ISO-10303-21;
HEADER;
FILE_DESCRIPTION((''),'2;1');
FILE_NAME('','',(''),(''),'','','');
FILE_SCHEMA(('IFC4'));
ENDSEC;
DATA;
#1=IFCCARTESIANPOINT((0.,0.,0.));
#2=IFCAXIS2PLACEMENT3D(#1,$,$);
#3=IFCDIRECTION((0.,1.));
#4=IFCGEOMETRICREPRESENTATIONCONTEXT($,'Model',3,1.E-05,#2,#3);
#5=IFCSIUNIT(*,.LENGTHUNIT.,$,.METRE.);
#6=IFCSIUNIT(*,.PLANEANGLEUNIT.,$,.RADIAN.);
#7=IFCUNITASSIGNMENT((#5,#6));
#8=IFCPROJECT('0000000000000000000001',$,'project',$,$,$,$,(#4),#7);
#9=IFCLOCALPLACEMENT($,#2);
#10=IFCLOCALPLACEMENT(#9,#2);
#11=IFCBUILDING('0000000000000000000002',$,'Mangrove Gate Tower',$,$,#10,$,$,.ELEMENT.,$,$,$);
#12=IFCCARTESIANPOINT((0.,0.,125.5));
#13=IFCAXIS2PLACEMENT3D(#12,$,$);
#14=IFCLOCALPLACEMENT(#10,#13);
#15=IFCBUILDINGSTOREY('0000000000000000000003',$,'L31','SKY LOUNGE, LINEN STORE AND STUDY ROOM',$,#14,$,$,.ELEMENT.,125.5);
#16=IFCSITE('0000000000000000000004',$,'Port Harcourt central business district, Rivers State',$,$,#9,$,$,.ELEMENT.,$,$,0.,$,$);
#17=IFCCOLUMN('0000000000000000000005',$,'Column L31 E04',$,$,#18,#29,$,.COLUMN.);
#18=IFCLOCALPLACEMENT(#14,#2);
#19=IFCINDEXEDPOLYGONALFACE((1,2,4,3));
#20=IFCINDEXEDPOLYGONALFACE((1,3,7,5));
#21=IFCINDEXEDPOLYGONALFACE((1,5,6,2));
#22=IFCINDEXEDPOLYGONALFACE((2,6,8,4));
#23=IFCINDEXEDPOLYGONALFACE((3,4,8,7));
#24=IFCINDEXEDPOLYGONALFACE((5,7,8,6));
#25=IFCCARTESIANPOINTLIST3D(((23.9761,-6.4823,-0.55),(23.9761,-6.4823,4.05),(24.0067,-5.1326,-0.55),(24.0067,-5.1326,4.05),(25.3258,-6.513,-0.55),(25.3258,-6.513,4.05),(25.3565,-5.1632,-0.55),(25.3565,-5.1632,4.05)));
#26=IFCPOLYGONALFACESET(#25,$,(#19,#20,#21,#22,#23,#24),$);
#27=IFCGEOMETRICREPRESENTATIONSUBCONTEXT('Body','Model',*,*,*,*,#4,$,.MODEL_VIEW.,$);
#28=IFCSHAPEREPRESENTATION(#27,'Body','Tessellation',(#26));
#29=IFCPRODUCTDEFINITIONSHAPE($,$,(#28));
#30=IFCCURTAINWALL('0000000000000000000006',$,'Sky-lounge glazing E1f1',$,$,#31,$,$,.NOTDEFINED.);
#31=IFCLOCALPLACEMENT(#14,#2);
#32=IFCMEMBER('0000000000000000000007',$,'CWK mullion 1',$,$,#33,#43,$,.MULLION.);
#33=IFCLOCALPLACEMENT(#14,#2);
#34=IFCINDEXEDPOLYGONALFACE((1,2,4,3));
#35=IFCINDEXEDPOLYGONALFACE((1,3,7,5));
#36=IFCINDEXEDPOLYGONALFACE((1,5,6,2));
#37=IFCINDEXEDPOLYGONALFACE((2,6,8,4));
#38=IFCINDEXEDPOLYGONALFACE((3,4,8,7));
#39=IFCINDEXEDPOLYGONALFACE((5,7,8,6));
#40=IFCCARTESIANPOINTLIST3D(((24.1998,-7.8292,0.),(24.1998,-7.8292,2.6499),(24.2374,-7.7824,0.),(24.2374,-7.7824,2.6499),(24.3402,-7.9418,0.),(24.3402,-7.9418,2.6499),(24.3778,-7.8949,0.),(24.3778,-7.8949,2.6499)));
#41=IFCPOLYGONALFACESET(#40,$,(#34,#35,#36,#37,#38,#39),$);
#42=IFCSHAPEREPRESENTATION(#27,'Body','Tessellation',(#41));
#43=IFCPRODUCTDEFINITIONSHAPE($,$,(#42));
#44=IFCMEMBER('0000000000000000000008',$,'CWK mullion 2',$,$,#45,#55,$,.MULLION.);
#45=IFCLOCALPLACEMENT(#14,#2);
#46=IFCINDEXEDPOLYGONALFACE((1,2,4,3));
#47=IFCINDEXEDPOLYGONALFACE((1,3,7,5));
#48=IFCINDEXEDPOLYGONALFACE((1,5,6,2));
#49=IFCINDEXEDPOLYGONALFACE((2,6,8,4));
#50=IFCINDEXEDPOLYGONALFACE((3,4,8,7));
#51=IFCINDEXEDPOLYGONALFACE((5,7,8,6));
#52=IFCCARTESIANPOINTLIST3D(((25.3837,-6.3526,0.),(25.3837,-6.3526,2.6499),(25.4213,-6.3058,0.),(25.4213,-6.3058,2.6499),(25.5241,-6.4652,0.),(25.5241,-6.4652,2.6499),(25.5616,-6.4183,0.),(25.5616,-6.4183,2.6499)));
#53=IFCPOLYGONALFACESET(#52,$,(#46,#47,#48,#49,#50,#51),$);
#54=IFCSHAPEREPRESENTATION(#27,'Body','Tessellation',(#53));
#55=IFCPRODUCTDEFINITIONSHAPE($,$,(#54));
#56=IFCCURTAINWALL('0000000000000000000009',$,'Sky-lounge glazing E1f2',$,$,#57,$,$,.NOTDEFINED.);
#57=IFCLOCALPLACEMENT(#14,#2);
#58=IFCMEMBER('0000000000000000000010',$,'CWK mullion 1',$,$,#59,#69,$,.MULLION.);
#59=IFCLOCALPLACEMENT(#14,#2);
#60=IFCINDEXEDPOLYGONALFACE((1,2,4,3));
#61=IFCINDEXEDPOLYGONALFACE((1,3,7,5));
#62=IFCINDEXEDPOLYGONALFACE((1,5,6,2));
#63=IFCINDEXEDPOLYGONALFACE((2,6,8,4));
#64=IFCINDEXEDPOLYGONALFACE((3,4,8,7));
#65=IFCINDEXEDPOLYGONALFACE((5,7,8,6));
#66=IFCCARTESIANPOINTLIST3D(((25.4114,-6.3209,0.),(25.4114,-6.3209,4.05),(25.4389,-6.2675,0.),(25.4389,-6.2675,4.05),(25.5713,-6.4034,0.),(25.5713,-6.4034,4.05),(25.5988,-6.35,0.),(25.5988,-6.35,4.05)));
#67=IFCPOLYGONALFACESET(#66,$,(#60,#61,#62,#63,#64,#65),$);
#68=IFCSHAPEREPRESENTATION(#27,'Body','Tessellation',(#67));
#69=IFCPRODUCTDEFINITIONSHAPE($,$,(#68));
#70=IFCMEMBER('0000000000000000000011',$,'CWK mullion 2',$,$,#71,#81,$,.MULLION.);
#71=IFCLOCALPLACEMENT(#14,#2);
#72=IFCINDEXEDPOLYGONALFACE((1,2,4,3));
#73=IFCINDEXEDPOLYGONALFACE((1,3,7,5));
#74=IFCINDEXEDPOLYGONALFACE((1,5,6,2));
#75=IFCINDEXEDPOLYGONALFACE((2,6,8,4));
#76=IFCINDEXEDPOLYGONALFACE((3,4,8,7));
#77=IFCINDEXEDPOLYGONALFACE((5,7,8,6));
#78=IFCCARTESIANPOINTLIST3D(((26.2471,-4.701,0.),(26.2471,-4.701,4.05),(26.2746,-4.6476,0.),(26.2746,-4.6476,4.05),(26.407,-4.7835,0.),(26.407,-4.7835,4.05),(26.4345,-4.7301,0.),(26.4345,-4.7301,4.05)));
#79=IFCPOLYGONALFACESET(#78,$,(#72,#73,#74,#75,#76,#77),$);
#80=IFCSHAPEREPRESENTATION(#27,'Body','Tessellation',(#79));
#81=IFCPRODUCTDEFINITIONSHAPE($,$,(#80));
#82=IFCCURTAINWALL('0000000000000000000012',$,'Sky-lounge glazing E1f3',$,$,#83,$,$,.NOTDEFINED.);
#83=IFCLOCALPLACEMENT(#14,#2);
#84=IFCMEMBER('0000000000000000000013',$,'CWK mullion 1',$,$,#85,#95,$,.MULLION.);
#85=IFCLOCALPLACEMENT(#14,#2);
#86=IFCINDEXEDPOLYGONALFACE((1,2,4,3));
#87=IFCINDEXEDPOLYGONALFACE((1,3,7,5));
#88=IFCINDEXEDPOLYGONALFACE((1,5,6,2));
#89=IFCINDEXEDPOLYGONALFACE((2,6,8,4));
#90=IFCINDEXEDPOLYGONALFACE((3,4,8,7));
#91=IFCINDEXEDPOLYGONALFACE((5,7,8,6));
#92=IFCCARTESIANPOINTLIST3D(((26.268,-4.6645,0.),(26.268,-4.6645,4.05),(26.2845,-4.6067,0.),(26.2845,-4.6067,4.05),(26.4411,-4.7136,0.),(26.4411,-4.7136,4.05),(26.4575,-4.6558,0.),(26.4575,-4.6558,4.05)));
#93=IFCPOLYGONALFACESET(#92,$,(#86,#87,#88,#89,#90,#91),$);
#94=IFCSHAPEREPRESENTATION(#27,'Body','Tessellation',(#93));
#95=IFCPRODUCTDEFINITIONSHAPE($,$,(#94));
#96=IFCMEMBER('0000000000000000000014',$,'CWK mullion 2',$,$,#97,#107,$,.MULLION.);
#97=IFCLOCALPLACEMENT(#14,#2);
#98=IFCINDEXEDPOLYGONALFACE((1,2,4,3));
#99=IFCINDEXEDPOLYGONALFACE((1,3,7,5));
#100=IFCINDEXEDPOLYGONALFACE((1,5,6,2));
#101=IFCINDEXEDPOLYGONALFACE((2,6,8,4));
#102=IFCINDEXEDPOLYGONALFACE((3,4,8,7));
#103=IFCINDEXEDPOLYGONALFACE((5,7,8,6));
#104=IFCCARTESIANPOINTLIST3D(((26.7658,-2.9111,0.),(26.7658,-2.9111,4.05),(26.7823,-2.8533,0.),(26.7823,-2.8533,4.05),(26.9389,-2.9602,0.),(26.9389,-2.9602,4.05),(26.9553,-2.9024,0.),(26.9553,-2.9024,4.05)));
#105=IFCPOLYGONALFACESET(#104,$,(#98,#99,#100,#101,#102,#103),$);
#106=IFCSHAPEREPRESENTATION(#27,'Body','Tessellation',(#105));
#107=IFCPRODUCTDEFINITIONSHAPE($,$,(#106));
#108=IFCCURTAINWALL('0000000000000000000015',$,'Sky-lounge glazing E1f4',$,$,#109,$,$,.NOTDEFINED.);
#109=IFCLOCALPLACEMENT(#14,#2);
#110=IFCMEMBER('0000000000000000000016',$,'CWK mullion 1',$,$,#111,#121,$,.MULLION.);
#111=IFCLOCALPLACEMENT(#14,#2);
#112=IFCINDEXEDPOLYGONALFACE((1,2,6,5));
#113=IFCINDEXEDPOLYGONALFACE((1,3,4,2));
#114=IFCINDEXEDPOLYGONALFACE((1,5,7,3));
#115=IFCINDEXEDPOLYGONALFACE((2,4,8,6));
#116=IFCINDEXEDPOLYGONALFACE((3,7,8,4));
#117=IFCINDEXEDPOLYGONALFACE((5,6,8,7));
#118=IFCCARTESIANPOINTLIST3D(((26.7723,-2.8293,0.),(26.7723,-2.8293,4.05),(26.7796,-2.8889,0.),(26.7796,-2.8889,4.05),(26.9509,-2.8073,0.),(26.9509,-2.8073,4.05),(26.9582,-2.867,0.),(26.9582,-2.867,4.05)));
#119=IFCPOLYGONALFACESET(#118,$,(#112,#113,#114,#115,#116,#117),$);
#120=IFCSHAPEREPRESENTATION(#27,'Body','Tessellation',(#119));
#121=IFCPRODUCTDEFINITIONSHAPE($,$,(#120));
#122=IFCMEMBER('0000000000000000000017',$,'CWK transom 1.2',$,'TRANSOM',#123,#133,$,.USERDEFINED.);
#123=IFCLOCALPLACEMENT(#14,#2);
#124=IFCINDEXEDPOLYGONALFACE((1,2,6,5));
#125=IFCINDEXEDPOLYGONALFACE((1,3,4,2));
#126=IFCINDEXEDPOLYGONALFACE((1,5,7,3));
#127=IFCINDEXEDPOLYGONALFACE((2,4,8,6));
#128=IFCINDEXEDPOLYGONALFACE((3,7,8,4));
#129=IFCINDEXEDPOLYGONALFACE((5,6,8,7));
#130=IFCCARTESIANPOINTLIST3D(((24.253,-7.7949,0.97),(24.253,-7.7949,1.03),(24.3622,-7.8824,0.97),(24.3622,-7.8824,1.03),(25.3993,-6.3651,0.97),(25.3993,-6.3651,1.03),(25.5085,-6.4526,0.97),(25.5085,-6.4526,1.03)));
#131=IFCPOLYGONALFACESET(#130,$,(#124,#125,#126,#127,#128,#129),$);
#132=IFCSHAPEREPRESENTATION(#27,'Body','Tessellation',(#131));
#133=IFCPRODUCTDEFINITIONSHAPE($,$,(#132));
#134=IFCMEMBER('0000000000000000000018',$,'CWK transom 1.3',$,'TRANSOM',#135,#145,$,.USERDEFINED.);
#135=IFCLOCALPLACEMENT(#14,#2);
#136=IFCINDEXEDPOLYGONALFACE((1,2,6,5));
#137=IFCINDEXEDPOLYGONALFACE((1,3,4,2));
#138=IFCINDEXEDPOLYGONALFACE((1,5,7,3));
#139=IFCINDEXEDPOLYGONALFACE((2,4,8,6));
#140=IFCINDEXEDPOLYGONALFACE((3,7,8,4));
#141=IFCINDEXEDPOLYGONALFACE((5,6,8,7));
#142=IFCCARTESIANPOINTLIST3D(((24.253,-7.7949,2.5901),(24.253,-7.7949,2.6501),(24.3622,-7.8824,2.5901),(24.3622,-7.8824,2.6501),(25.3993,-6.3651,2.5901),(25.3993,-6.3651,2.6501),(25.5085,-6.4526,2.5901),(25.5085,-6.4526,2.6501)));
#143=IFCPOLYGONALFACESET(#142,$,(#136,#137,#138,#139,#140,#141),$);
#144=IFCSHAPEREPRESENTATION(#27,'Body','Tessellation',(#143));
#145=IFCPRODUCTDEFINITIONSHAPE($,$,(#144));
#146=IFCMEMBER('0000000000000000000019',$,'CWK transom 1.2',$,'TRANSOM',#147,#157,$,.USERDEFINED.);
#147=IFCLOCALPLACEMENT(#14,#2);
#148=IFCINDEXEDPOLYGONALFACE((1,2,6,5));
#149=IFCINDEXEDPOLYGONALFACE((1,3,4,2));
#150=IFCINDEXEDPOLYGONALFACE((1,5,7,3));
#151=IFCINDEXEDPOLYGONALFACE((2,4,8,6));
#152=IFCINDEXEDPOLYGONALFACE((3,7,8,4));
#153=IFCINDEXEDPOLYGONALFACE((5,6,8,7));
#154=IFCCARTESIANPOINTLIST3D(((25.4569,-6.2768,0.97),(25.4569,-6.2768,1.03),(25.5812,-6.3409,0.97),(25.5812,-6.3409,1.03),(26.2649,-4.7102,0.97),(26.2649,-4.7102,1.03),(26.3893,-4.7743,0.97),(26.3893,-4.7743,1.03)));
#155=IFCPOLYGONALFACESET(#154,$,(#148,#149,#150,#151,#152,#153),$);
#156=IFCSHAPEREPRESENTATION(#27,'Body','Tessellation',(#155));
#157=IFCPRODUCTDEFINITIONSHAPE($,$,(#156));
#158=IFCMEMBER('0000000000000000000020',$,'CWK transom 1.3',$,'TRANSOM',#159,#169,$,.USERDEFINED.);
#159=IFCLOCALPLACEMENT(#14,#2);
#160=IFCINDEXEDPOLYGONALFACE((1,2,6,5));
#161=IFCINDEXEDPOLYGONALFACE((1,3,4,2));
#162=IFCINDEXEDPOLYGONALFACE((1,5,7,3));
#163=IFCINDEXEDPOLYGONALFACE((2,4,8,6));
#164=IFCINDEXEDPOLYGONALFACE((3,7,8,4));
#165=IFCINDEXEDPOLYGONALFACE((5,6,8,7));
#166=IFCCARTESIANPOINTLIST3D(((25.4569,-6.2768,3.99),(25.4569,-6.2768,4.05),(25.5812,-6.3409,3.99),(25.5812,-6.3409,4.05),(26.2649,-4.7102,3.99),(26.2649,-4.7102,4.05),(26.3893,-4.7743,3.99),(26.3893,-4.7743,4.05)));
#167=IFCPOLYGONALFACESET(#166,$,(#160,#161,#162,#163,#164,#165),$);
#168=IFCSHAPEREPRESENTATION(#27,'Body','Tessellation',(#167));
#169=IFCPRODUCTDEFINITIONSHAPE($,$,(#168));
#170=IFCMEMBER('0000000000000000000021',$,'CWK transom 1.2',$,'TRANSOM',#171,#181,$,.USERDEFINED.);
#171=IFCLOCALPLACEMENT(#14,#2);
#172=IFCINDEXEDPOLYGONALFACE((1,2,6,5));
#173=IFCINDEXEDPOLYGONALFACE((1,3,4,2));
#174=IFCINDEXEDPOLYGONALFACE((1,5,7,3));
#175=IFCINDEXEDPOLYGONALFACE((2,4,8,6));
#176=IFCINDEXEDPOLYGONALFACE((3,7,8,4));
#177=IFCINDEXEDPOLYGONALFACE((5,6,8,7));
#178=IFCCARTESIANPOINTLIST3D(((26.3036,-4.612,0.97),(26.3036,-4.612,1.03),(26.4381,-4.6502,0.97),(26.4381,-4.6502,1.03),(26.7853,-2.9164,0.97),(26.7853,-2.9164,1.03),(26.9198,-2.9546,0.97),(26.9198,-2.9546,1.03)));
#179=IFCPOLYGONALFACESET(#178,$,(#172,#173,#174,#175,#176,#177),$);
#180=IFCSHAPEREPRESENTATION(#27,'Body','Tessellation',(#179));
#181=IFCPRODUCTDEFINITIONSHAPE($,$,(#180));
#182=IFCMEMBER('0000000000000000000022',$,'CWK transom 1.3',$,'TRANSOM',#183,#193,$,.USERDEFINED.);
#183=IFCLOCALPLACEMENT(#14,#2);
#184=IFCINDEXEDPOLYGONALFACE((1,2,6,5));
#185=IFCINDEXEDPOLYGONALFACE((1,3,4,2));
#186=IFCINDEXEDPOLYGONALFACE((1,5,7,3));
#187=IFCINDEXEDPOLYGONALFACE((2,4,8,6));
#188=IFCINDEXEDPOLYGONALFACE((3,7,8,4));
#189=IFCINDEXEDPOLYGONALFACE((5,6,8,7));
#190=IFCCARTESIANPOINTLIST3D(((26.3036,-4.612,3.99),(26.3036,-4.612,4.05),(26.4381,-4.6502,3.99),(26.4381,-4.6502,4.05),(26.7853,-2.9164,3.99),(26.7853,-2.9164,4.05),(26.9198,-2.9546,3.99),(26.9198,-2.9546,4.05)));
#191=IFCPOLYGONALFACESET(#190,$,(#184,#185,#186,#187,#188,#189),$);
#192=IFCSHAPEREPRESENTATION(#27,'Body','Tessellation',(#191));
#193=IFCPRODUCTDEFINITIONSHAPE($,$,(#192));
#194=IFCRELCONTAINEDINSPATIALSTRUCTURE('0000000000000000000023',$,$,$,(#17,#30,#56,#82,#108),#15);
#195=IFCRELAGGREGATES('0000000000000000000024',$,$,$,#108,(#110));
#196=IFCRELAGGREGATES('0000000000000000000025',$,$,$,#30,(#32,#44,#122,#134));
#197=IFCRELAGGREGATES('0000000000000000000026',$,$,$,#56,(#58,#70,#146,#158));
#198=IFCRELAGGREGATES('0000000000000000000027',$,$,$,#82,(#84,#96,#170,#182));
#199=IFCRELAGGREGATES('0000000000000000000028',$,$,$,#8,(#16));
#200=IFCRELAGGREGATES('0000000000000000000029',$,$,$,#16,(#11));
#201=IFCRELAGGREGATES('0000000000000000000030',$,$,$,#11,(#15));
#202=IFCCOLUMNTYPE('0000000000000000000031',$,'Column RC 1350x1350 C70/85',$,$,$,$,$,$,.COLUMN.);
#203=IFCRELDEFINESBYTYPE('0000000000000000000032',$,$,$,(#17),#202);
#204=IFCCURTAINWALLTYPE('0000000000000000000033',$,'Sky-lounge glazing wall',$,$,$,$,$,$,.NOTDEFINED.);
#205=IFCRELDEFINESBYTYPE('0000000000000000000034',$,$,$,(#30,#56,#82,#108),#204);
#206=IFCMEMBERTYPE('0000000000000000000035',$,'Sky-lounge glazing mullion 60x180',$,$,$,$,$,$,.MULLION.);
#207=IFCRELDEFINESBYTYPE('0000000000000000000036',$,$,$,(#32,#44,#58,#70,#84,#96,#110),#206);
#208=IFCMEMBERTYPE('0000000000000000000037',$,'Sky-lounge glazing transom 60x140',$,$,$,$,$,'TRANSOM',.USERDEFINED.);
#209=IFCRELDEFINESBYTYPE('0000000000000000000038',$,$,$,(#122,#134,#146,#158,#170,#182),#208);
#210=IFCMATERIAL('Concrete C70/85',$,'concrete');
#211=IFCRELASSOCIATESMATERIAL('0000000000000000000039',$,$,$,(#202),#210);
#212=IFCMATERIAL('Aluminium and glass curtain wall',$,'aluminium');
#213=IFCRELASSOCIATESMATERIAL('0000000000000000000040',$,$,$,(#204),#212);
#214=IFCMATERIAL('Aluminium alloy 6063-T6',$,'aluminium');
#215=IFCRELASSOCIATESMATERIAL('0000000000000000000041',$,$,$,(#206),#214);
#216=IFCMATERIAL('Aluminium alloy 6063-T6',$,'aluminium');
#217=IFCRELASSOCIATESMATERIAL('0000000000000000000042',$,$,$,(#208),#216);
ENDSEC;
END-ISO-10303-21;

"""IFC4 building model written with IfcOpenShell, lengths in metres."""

from ifc_helpers import new_model, si_unit, direction, frame, origin, origin_2d, place, context, subcontext, project, spatial, rectangle, extrude, material, material_profile, profile_set, type_object, element, aggregate, save


model = new_model("IFC4")

# Units and contexts
model_context = context("Model", 3, precision=1e-05, world=origin(), true_north=direction((0.0, 1.0)))
body_context = subcontext(model_context, "Body", "Model", "MODEL_VIEW")
ifc_project = project(units=[si_unit("LENGTHUNIT", "METRE"), si_unit("PLANEANGLEUNIT", "RADIAN")], contexts=[model_context])

# Site, building, storey
site_placement = place(None, origin())
site = spatial("IfcSite", under=ifc_project, at=site_placement, Name="Port Harcourt central business district, Rivers State", CompositionType="ELEMENT", RefElevation=0.0)
building_placement = place(site_placement, origin())
building = spatial("IfcBuilding", under=site, at=building_placement, Name="Mangrove Gate Tower", CompositionType="ELEMENT")
storey_placement = place(building_placement, frame((0.0, 0.0, 125.5)))
storey = spatial("IfcBuildingStorey", under=building, at=storey_placement, Name="L31", Description="SKY LOUNGE, LINEN STORE AND STUDY ROOM", CompositionType="ELEMENT", Elevation=125.5)

# Column
ifc_material_1 = material(Name="Concrete C70/85", Category="concrete")
ifc_material_profile_1 = material_profile(ifc_material_1, rectangle(XDim=1.3501, YDim=1.3501, at=origin_2d()))
ifc_profile_set_1 = profile_set([ifc_material_profile_1], Name="Concrete C70/85")
column_type = type_object("IfcColumnType", Name="Column RC 1350x1350 C70/85", PredefinedType="COLUMN", material=ifc_profile_set_1)
column_placement = place(storey_placement, frame((24.6663, -5.8228, -0.55), z_axis=(0.0, 0.0, 1.0), x_axis=(0.022699, 0.999742, 0.0)))
element("IfcColumn", 1, at=column_placement, inside=storey, type_object=column_type, Name="Column L31 E04", PredefinedType="COLUMN", context=body_context, shape_type="SweptSolid", body=[
    extrude(rectangle(XDim=1.3501, YDim=1.3501, at=origin_2d()), origin(), (0.0, 0.0, 1.0), 4.6001),
])

# Curtain walls, members
ifc_material_2 = material(Name="Aluminium and glass curtain wall", Category="aluminium")
curtain_wall_type = type_object("IfcCurtainWallType", Name="Sky-lounge glazing wall", PredefinedType="NOTDEFINED", material=ifc_material_2)
curtain_wall_1_placement = place(storey_placement, origin())
curtain_wall_1 = element("IfcCurtainWall", 2, at=curtain_wall_1_placement, inside=storey, type_object=curtain_wall_type, Name="Sky-lounge glazing E1f1", PredefinedType="NOTDEFINED")
ifc_material_3 = material(Name="Aluminium alloy 6063-T6", Category="aluminium")
ifc_material_profile_2 = material_profile(ifc_material_3, rectangle(XDim=0.0601, YDim=0.1799, at=origin_2d()))
ifc_profile_set_2 = profile_set([ifc_material_profile_2], Name="Aluminium alloy 6063-T6")
member_type_1 = type_object("IfcMemberType", Name="Sky-lounge glazing mullion 60x180", PredefinedType="MULLION", material=ifc_profile_set_2)
member_1_placement = place(storey_placement, frame((24.2888, -7.8621, 0.0), z_axis=(0.0, 0.0, 1.0), x_axis=(0.625548, 0.780186, 0.0)))
member_1 = element("IfcMember", 3, at=member_1_placement, type_object=member_type_1, Name="CWK mullion 1", PredefinedType="MULLION", context=body_context, shape_type="SweptSolid", body=[
    extrude(rectangle(XDim=0.0601, YDim=0.1799, at=origin_2d()), origin(), (0.0, 0.0, 1.0), 2.6499),
])
member_2_placement = place(storey_placement, frame((25.4727, -6.3855, 0.0), z_axis=(0.0, 0.0, 1.0), x_axis=(0.625548, 0.780186, 0.0)))
member_2 = element("IfcMember", 4, at=member_2_placement, type_object=member_type_1, Name="CWK mullion 2", PredefinedType="MULLION", context=body_context, shape_type="SweptSolid", body=[
    extrude(rectangle(XDim=0.0601, YDim=0.1799, at=origin_2d()), origin(), (0.0, 0.0, 1.0), 2.6499),
])
curtain_wall_2_placement = place(storey_placement, origin())
curtain_wall_2 = element("IfcCurtainWall", 5, at=curtain_wall_2_placement, inside=storey, type_object=curtain_wall_type, Name="Sky-lounge glazing E1f2", PredefinedType="NOTDEFINED")
member_3_placement = place(storey_placement, frame((25.5051, -6.3354, 0.0), z_axis=(0.0, 0.0, 1.0), x_axis=(0.458455, 0.888718, 0.0)))
member_3 = element("IfcMember", 6, at=member_3_placement, type_object=member_type_1, Name="CWK mullion 1", PredefinedType="MULLION", context=body_context, shape_type="SweptSolid", body=[
    extrude(rectangle(XDim=0.0601, YDim=0.1799, at=origin_2d()), origin(), (0.0, 0.0, 1.0), 4.05),
])
member_4_placement = place(storey_placement, frame((26.3408, -4.7156, 0.0), z_axis=(0.0, 0.0, 1.0), x_axis=(0.458455, 0.888718, 0.0)))
member_4 = element("IfcMember", 7, at=member_4_placement, type_object=member_type_1, Name="CWK mullion 2", PredefinedType="MULLION", context=body_context, shape_type="SweptSolid", body=[
    extrude(rectangle(XDim=0.0601, YDim=0.1799, at=origin_2d()), origin(), (0.0, 0.0, 1.0), 4.05),
])
curtain_wall_3_placement = place(storey_placement, origin())
curtain_wall_3 = element("IfcCurtainWall", 8, at=curtain_wall_3_placement, inside=storey, type_object=curtain_wall_type, Name="Sky-lounge glazing E1f3", PredefinedType="NOTDEFINED")
member_5_placement = place(storey_placement, frame((26.3628, -4.6602, 0.0), z_axis=(0.0, 0.0, 1.0), x_axis=(0.273161, 0.961968, 0.0)))
member_5 = element("IfcMember", 9, at=member_5_placement, type_object=member_type_1, Name="CWK mullion 1", PredefinedType="MULLION", context=body_context, shape_type="SweptSolid", body=[
    extrude(rectangle(XDim=0.0601, YDim=0.1799, at=origin_2d()), origin(), (0.0, 0.0, 1.0), 4.05),
])
member_6_placement = place(storey_placement, frame((26.8606, -2.9067, 0.0), z_axis=(0.0, 0.0, 1.0), x_axis=(0.273161, 0.961968, 0.0)))
member_6 = element("IfcMember", 10, at=member_6_placement, type_object=member_type_1, Name="CWK mullion 2", PredefinedType="MULLION", context=body_context, shape_type="SweptSolid", body=[
    extrude(rectangle(XDim=0.0601, YDim=0.1799, at=origin_2d()), origin(), (0.0, 0.0, 1.0), 4.05),
])

# Curtain wall, member
curtain_wall_4_placement = place(storey_placement, origin())
curtain_wall_4 = element("IfcCurtainWall", 11, at=curtain_wall_4_placement, inside=storey, type_object=curtain_wall_type, Name="Sky-lounge glazing E1f4", PredefinedType="NOTDEFINED")
member_7_placement = place(storey_placement, frame((26.8652, -2.8481, 0.0), z_axis=(0.0, 0.0, 1.0), x_axis=(-0.122172, 0.992509, 0.0)))
member_7 = element("IfcMember", 12, at=member_7_placement, type_object=member_type_1, Name="CWK mullion 1", PredefinedType="MULLION", context=body_context, shape_type="SweptSolid", body=[
    extrude(rectangle(XDim=0.0601, YDim=0.1799, at=origin_2d()), origin(), (0.0, 0.0, 1.0), 4.05),
])

# Members
ifc_material_4 = material(Name="Aluminium alloy 6063-T6", Category="aluminium")
ifc_material_profile_3 = material_profile(ifc_material_4, rectangle(XDim=0.0601, YDim=0.1399, at=origin_2d()))
ifc_profile_set_3 = profile_set([ifc_material_profile_3], Name="Aluminium alloy 6063-T6")
member_type_2 = type_object("IfcMemberType", Name="Sky-lounge glazing transom 60x140", ElementType="TRANSOM", PredefinedType="USERDEFINED", material=ifc_profile_set_3)
member_8_placement = place(storey_placement, frame((24.3076, -7.8386, 1.0), z_axis=(0.625523, 0.780205, 0.0), x_axis=(0.0, 0.0, 1.0)))
member_8 = element("IfcMember", 13, at=member_8_placement, type_object=member_type_2, Name="CWK transom 1.2", ObjectType="TRANSOM", PredefinedType="USERDEFINED", context=body_context, shape_type="SweptSolid", body=[
    extrude(rectangle(XDim=0.0601, YDim=0.1399, at=origin_2d()), origin(), (0.0, 0.0, 1.0), 1.8325),
])
member_9_placement = place(storey_placement, frame((24.3076, -7.8386, 2.6201), z_axis=(0.625523, 0.780205, 0.0), x_axis=(0.0, 0.0, 1.0)))
member_9 = element("IfcMember", 14, at=member_9_placement, type_object=member_type_2, Name="CWK transom 1.3", ObjectType="TRANSOM", PredefinedType="USERDEFINED", context=body_context, shape_type="SweptSolid", body=[
    extrude(rectangle(XDim=0.0601, YDim=0.1399, at=origin_2d()), origin(), (0.0, 0.0, 1.0), 1.8325),
])
member_10_placement = place(storey_placement, frame((25.519, -6.3088, 1.0), z_axis=(0.458424, 0.888734, 0.0), x_axis=(0.0, 0.0, 1.0)))
member_10 = element("IfcMember", 15, at=member_10_placement, type_object=member_type_2, Name="CWK transom 1.2", ObjectType="TRANSOM", PredefinedType="USERDEFINED", context=body_context, shape_type="SweptSolid", body=[
    extrude(rectangle(XDim=0.0601, YDim=0.1399, at=origin_2d()), origin(), (0.0, 0.0, 1.0), 1.7627),
])
member_11_placement = place(storey_placement, frame((25.519, -6.3088, 4.02), z_axis=(0.458424, 0.888734, 0.0), x_axis=(0.0, 0.0, 1.0)))
member_11 = element("IfcMember", 16, at=member_11_placement, type_object=member_type_2, Name="CWK transom 1.3", ObjectType="TRANSOM", PredefinedType="USERDEFINED", context=body_context, shape_type="SweptSolid", body=[
    extrude(rectangle(XDim=0.0601, YDim=0.1399, at=origin_2d()), origin(), (0.0, 0.0, 1.0), 1.7627),
])
member_12_placement = place(storey_placement, frame((26.3708, -4.6311, 1.0), z_axis=(0.273276, 0.961936, 0.0), x_axis=(0.0, 0.0, 1.0)))
member_12 = element("IfcMember", 17, at=member_12_placement, type_object=member_type_2, Name="CWK transom 1.2", ObjectType="TRANSOM", PredefinedType="USERDEFINED", context=body_context, shape_type="SweptSolid", body=[
    extrude(rectangle(XDim=0.0601, YDim=0.1399, at=origin_2d()), origin(), (0.0, 0.0, 1.0), 1.7627),
])
member_13_placement = place(storey_placement, frame((26.3708, -4.6311, 4.02), z_axis=(0.273276, 0.961936, 0.0), x_axis=(0.0, 0.0, 1.0)))
member_13 = element("IfcMember", 18, at=member_13_placement, type_object=member_type_2, Name="CWK transom 1.3", ObjectType="TRANSOM", PredefinedType="USERDEFINED", context=body_context, shape_type="SweptSolid", body=[
    extrude(rectangle(XDim=0.0601, YDim=0.1399, at=origin_2d()), origin(), (0.0, 0.0, 1.0), 1.7627),
])
aggregate(curtain_wall_4, [member_7])

aggregate(curtain_wall_1, [member_1, member_2, member_8, member_9])
aggregate(curtain_wall_2, [member_3, member_4, member_10, member_11])
aggregate(curtain_wall_3, [member_5, member_6, member_12, member_13])

save(model, "model.ifc")
